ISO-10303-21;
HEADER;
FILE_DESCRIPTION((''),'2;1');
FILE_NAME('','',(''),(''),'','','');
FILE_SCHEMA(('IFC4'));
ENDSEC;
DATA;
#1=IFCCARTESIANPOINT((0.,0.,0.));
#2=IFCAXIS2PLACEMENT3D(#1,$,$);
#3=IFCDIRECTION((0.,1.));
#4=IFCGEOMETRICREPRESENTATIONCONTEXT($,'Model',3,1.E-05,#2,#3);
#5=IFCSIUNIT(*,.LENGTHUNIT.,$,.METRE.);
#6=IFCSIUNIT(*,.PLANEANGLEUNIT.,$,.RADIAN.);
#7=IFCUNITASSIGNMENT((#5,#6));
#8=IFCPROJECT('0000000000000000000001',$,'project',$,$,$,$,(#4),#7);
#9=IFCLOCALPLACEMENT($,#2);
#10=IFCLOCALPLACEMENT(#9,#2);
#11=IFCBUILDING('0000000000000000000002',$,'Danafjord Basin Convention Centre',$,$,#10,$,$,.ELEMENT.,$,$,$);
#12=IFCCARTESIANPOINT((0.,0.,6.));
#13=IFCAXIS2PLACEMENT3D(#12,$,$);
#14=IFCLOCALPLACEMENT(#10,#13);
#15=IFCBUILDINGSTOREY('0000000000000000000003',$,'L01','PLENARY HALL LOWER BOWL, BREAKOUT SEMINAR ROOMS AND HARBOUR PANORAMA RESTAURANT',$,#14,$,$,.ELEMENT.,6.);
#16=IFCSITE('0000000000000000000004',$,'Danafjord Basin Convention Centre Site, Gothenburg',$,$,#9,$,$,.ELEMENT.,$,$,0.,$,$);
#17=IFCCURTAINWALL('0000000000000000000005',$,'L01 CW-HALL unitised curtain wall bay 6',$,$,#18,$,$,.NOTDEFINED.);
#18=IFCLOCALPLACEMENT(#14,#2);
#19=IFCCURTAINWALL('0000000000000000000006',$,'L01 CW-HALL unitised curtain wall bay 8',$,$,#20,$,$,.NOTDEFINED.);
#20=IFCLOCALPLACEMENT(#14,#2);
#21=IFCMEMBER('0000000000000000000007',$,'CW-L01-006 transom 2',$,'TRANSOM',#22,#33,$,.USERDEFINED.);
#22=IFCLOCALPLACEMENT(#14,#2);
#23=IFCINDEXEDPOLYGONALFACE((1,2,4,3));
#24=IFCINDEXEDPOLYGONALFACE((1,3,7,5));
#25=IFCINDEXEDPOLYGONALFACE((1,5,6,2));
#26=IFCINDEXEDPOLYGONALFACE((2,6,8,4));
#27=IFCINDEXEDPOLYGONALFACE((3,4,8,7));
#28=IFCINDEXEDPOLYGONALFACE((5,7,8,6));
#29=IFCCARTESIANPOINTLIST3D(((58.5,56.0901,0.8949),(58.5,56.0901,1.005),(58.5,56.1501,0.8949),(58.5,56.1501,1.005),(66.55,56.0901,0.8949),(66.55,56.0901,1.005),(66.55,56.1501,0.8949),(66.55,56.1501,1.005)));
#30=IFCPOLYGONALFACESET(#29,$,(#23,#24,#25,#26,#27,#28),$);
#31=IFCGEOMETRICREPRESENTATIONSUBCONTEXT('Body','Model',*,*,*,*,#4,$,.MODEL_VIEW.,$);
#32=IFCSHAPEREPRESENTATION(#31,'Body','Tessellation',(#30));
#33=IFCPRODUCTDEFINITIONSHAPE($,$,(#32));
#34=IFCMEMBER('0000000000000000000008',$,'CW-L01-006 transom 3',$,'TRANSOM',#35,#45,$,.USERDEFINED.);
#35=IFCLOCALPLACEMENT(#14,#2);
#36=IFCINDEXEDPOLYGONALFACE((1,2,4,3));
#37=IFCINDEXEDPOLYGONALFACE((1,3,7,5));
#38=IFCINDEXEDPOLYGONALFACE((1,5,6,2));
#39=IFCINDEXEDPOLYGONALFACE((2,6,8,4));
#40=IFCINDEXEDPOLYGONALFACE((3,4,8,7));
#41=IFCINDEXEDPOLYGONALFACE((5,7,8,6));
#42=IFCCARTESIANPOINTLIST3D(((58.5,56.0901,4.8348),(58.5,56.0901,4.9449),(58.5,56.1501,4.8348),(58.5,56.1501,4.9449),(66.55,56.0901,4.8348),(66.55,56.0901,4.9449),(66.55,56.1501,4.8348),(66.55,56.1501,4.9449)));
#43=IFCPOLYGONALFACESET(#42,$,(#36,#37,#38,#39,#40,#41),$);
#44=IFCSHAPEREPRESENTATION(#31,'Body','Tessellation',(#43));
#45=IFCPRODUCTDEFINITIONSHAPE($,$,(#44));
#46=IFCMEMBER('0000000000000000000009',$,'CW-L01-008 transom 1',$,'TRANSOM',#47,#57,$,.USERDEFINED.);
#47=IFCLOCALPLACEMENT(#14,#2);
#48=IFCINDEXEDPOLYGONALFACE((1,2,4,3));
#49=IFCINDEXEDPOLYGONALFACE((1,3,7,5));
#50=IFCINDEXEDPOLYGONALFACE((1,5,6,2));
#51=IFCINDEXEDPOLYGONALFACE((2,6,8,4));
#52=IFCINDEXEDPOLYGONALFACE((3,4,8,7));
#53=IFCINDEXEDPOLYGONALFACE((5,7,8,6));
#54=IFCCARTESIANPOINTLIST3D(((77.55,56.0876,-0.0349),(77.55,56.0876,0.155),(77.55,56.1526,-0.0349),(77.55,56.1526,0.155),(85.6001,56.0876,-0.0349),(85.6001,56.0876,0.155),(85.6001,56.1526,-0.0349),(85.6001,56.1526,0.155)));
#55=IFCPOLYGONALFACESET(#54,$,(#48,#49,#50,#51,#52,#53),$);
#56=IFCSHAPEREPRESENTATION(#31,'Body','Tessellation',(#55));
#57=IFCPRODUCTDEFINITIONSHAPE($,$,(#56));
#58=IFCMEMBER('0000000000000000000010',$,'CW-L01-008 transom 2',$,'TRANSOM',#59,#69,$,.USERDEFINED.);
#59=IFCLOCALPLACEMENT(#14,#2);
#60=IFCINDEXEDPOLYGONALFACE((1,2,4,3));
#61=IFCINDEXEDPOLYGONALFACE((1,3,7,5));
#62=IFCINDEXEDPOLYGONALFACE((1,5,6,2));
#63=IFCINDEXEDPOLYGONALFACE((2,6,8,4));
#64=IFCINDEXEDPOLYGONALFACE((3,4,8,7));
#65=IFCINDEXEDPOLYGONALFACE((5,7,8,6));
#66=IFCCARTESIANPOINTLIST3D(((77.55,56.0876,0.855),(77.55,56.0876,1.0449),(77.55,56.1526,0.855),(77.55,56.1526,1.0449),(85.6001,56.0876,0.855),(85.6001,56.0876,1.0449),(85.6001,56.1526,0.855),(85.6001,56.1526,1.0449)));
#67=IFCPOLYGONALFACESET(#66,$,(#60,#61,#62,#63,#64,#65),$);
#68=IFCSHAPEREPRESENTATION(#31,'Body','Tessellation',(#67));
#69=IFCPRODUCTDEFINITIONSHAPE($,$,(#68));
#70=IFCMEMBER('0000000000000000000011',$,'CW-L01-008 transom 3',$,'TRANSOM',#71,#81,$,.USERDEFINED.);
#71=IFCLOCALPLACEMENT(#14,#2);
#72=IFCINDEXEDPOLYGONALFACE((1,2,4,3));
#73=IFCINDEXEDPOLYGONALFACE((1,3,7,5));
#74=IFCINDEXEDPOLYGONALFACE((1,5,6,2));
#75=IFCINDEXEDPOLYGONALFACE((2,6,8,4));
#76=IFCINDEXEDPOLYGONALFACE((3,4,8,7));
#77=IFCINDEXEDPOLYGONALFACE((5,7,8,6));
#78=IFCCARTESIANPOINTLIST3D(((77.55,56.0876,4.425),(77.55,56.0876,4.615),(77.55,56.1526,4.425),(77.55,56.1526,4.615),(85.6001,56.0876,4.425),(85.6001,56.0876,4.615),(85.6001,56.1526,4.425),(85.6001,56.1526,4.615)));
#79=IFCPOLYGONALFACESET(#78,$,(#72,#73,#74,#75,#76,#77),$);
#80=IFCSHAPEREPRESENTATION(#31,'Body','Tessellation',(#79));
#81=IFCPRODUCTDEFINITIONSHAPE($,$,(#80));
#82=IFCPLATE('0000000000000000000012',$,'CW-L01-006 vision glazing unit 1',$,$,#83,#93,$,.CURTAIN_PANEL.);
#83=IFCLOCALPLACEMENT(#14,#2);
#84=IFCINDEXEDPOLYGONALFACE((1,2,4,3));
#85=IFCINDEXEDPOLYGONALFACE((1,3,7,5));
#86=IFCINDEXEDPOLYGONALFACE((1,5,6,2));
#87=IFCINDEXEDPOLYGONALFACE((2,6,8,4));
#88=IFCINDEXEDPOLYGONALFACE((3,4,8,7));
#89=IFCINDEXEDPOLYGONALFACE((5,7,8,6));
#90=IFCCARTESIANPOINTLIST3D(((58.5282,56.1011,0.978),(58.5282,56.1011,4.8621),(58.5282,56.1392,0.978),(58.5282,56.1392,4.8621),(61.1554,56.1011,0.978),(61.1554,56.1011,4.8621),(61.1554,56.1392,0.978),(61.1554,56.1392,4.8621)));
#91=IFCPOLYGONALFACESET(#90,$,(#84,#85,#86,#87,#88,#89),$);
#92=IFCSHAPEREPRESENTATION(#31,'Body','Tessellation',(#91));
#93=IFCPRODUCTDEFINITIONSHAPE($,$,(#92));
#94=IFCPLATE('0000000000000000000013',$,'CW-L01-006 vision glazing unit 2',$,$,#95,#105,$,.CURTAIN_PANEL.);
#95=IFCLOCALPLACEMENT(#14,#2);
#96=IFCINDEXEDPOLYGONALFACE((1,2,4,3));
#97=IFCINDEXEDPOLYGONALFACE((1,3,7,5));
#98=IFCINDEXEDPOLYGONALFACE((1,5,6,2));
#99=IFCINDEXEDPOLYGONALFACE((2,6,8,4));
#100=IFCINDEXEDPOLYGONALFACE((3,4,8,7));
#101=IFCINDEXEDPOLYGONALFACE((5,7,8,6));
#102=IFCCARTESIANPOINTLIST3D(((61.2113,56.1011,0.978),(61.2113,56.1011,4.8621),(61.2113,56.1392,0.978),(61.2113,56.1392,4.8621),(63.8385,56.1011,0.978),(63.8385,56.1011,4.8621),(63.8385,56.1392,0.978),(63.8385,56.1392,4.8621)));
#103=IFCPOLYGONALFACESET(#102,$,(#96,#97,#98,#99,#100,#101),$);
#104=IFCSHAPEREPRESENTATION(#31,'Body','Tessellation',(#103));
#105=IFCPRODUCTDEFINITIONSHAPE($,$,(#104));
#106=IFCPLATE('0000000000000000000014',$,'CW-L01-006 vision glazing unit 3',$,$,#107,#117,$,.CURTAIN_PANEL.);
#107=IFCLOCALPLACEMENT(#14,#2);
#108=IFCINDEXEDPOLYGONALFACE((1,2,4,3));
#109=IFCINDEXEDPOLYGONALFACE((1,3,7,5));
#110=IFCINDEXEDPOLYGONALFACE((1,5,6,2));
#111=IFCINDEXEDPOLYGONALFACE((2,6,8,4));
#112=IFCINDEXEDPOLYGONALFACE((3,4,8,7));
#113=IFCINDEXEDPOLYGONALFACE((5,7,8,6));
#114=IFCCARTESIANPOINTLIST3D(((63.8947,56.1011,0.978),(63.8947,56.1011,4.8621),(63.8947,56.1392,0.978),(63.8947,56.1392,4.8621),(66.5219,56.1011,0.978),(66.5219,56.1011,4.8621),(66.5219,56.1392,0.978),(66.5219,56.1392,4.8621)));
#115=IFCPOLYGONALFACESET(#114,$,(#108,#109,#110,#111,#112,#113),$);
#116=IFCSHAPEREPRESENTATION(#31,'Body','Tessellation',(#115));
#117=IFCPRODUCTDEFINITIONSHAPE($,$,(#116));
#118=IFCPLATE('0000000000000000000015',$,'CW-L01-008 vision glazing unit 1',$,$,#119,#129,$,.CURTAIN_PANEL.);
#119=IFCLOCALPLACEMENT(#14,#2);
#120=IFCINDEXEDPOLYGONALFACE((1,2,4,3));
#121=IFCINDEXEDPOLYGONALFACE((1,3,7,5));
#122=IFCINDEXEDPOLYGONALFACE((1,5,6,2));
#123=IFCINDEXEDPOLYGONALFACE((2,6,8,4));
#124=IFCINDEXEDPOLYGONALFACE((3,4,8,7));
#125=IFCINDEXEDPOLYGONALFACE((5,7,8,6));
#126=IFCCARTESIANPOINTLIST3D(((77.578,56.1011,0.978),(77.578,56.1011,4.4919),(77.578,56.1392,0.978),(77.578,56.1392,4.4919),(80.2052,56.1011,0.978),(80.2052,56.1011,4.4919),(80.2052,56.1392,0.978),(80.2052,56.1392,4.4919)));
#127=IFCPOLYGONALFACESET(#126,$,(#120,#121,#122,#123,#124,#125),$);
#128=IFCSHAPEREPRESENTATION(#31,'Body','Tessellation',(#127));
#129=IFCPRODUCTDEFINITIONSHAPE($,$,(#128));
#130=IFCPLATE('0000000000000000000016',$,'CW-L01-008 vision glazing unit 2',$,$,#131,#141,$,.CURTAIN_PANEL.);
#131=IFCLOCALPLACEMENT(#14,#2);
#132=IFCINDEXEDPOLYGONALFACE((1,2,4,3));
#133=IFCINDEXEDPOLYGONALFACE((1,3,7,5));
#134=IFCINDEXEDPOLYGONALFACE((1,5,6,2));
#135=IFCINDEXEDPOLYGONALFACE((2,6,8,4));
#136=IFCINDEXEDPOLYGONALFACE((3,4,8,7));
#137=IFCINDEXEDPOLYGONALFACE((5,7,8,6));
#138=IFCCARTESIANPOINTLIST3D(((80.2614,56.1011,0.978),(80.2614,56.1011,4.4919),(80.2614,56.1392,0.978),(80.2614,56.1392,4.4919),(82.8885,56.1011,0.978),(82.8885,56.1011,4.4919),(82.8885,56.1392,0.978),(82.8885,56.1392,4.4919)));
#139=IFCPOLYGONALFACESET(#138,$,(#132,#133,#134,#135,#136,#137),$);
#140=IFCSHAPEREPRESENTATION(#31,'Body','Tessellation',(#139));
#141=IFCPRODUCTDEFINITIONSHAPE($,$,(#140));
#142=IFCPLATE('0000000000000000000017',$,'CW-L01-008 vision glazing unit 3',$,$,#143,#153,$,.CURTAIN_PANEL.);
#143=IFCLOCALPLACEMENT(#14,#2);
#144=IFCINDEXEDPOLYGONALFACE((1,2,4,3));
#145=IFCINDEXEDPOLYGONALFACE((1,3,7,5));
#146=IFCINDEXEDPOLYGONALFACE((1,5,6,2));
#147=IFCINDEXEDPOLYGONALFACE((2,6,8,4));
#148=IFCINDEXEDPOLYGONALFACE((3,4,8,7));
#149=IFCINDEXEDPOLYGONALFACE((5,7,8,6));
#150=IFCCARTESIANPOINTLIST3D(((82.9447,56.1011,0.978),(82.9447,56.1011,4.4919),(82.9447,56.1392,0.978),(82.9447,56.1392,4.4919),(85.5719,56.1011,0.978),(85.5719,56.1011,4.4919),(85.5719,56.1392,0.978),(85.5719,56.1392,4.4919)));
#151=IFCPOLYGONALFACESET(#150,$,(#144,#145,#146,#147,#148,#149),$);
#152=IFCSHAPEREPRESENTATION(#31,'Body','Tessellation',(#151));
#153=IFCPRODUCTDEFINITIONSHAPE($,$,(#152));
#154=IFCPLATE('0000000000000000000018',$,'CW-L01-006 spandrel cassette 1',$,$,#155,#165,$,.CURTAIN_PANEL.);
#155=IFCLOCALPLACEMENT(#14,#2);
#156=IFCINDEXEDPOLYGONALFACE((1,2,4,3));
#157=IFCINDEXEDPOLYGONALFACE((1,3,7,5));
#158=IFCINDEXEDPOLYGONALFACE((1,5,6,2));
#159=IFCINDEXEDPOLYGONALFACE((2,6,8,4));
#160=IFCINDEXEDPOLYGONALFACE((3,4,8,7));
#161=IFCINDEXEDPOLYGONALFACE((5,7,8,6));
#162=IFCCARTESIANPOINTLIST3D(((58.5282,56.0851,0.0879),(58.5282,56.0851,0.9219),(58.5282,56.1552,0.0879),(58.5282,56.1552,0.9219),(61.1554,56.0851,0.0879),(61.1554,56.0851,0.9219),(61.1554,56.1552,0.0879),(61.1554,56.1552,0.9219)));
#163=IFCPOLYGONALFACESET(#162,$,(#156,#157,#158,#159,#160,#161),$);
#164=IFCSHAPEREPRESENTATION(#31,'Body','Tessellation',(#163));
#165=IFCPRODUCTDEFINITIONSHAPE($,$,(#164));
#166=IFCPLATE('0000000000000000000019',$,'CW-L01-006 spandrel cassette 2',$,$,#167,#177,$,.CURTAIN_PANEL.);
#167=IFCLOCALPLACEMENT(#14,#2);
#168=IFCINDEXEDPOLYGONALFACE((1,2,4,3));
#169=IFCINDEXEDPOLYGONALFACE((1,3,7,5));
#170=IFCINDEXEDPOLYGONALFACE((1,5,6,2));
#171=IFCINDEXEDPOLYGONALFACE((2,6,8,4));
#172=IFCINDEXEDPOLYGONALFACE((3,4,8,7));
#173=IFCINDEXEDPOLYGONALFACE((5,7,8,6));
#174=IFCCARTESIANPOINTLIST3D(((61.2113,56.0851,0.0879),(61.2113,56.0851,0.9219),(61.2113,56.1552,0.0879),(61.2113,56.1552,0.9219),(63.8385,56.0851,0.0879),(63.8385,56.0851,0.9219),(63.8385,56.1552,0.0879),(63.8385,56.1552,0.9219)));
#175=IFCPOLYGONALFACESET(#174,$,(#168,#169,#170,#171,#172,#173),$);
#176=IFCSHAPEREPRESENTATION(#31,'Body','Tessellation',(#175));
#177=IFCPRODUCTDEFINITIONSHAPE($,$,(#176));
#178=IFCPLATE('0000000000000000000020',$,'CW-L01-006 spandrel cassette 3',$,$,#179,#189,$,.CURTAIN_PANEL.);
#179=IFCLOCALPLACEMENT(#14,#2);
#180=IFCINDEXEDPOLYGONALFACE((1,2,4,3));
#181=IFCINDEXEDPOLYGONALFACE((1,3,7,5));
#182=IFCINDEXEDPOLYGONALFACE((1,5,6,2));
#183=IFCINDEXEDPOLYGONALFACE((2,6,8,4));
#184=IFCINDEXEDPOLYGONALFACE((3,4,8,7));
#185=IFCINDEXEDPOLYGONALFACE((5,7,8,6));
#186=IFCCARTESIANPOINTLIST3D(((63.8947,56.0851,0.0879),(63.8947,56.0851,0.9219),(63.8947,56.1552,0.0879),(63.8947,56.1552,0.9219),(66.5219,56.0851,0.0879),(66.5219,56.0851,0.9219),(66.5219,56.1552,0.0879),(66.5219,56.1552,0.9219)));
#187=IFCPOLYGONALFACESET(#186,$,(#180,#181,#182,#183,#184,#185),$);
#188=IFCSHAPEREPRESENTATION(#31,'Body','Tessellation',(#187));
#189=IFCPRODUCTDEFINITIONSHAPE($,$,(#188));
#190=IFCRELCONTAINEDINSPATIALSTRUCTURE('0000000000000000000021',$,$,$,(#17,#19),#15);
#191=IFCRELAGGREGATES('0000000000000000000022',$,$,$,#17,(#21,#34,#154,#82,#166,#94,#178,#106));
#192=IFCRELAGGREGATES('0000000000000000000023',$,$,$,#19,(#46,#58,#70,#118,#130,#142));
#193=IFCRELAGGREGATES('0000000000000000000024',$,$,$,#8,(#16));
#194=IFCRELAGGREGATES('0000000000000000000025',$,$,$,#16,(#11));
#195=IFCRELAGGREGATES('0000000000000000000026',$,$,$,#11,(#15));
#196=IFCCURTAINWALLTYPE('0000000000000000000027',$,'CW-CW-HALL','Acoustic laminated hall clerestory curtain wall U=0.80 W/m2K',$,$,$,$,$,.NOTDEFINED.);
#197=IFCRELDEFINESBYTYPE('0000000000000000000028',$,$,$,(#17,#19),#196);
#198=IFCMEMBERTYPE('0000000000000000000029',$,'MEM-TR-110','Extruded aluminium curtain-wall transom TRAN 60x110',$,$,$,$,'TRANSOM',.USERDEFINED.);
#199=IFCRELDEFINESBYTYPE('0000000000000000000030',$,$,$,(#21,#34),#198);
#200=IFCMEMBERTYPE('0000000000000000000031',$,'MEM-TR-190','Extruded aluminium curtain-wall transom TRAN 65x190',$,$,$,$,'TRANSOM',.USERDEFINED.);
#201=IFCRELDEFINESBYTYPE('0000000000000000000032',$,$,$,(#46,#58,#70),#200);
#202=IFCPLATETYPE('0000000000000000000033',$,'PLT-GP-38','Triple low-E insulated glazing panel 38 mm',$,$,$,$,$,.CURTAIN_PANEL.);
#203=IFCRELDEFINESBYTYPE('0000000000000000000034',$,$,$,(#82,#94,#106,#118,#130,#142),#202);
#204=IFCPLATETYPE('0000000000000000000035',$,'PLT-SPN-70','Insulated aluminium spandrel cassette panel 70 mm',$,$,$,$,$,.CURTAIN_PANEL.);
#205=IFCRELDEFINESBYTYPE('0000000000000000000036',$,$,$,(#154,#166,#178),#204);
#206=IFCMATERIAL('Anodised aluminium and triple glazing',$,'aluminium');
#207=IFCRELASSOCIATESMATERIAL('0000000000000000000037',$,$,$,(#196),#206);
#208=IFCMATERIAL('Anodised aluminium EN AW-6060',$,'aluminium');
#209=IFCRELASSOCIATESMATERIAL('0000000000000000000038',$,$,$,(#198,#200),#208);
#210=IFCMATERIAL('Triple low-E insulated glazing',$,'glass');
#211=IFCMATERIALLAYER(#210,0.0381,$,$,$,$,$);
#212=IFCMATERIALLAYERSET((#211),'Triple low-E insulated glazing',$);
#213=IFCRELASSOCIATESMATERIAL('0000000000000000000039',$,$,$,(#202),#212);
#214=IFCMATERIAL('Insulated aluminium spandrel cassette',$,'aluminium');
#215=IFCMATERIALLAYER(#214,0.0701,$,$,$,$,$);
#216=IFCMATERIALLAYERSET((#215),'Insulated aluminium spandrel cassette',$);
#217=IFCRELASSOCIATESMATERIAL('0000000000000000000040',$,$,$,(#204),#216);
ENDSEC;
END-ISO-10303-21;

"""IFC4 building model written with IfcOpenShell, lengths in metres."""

from ifc_helpers import new_model, si_unit, direction, frame, origin, origin_2d, place, context, subcontext, project, spatial, rectangle, extrude, material, layer, layer_set, material_profile, profile_set, type_object, element, aggregate, save


model = new_model("IFC4")

# Units and contexts
model_context = context("Model", 3, precision=1e-05, world=origin(), true_north=direction((0.0, 1.0)))
body_context = subcontext(model_context, "Body", "Model", "MODEL_VIEW")
ifc_project = project(units=[si_unit("LENGTHUNIT", "METRE"), si_unit("PLANEANGLEUNIT", "RADIAN")], contexts=[model_context])

# Site, building, storey
site_placement = place(None, origin())
site = spatial("IfcSite", under=ifc_project, at=site_placement, Name="Danafjord Basin Convention Centre Site, Gothenburg", CompositionType="ELEMENT", RefElevation=0.0)
building_placement = place(site_placement, origin())
building = spatial("IfcBuilding", under=site, at=building_placement, Name="Danafjord Basin Convention Centre", CompositionType="ELEMENT")
storey_placement = place(building_placement, frame((0.0, 0.0, 6.0)))
storey = spatial("IfcBuildingStorey", under=building, at=storey_placement, Name="L01", Description="PLENARY HALL LOWER BOWL, BREAKOUT SEMINAR ROOMS AND HARBOUR PANORAMA RESTAURANT", CompositionType="ELEMENT", Elevation=6.0)

# Curtain walls
ifc_material_1 = material(Name="Anodised aluminium and triple glazing", Category="aluminium")
curtain_wall_type = type_object("IfcCurtainWallType", Name="CW-CW-HALL", Description="Acoustic laminated hall clerestory curtain wall U=0.80 W/m2K", PredefinedType="NOTDEFINED", material=ifc_material_1)
curtain_wall_1_placement = place(storey_placement, origin())
curtain_wall_1 = element("IfcCurtainWall", 1, at=curtain_wall_1_placement, inside=storey, type_object=curtain_wall_type, Name="L01 CW-HALL unitised curtain wall bay 6", PredefinedType="NOTDEFINED")
ifc_material_2 = material(Name="Anodised aluminium EN AW-6060", Category="aluminium")
curtain_wall_2_placement = place(storey_placement, origin())
curtain_wall_2 = element("IfcCurtainWall", 2, at=curtain_wall_2_placement, inside=storey, type_object=curtain_wall_type, Name="L01 CW-HALL unitised curtain wall bay 8", PredefinedType="NOTDEFINED")

# Members
ifc_material_profile_1 = material_profile(ifc_material_2, rectangle(XDim=0.0601, YDim=0.1101, at=origin_2d()), Name="TRAN 60x110")
ifc_profile_set_1 = profile_set([ifc_material_profile_1], Name="Anodised aluminium EN AW-6060")
member_type_1 = type_object("IfcMemberType", Name="MEM-TR-110", Description="Extruded aluminium curtain-wall transom TRAN 60x110", ElementType="TRANSOM", PredefinedType="USERDEFINED", material=ifc_profile_set_1)
member_1_placement = place(storey_placement, frame((58.5, 56.1201, 0.95), z_axis=(1.0, 0.0, 0.0), x_axis=(0.0, 1.0, 0.0)))
member_1 = element("IfcMember", 3, at=member_1_placement, type_object=member_type_1, Name="CW-L01-006 transom 2", ObjectType="TRANSOM", PredefinedType="USERDEFINED", context=body_context, shape_type="SweptSolid", body=[
    extrude(rectangle(XDim=0.0601, YDim=0.1101, at=origin_2d()), origin(), (0.0, 0.0, 1.0), 8.05),
])
member_2_placement = place(storey_placement, frame((58.5, 56.1201, 4.8899), z_axis=(1.0, 0.0, 0.0), x_axis=(0.0, 1.0, 0.0)))
member_2 = element("IfcMember", 4, at=member_2_placement, type_object=member_type_1, Name="CW-L01-006 transom 3", ObjectType="TRANSOM", PredefinedType="USERDEFINED", context=body_context, shape_type="SweptSolid", body=[
    extrude(rectangle(XDim=0.0601, YDim=0.1101, at=origin_2d()), origin(), (0.0, 0.0, 1.0), 8.05),
])
ifc_material_profile_2 = material_profile(ifc_material_2, rectangle(XDim=0.0649, YDim=0.1899, at=origin_2d()), Name="TRAN 65x190")
ifc_profile_set_2 = profile_set([ifc_material_profile_2], Name="Anodised aluminium EN AW-6060")
member_type_2 = type_object("IfcMemberType", Name="MEM-TR-190", Description="Extruded aluminium curtain-wall transom TRAN 65x190", ElementType="TRANSOM", PredefinedType="USERDEFINED", material=ifc_profile_set_2)
member_3_placement = place(storey_placement, frame((77.55, 56.1201, 0.0601), z_axis=(1.0, 0.0, 0.0), x_axis=(0.0, 1.0, 0.0)))
member_3 = element("IfcMember", 5, at=member_3_placement, type_object=member_type_2, Name="CW-L01-008 transom 1", ObjectType="TRANSOM", PredefinedType="USERDEFINED", context=body_context, shape_type="SweptSolid", body=[
    extrude(rectangle(XDim=0.0649, YDim=0.1899, at=origin_2d()), origin(), (0.0, 0.0, 1.0), 8.05),
])
member_4_placement = place(storey_placement, frame((77.55, 56.1201, 0.95), z_axis=(1.0, 0.0, 0.0), x_axis=(0.0, 1.0, 0.0)))
member_4 = element("IfcMember", 6, at=member_4_placement, type_object=member_type_2, Name="CW-L01-008 transom 2", ObjectType="TRANSOM", PredefinedType="USERDEFINED", context=body_context, shape_type="SweptSolid", body=[
    extrude(rectangle(XDim=0.0649, YDim=0.1899, at=origin_2d()), origin(), (0.0, 0.0, 1.0), 8.05),
])
member_5_placement = place(storey_placement, frame((77.55, 56.1201, 4.52), z_axis=(1.0, 0.0, 0.0), x_axis=(0.0, 1.0, 0.0)))
member_5 = element("IfcMember", 7, at=member_5_placement, type_object=member_type_2, Name="CW-L01-008 transom 3", ObjectType="TRANSOM", PredefinedType="USERDEFINED", context=body_context, shape_type="SweptSolid", body=[
    extrude(rectangle(XDim=0.0649, YDim=0.1899, at=origin_2d()), origin(), (0.0, 0.0, 1.0), 8.05),
])

# Plates
ifc_material_3 = material(Name="Triple low-E insulated glazing", Category="glass")
ifc_layer_1 = layer(ifc_material_3, 0.0381)
ifc_layer_set_1 = layer_set([ifc_layer_1], Name="Triple low-E insulated glazing")
plate_type_1 = type_object("IfcPlateType", Name="PLT-GP-38", Description="Triple low-E insulated glazing panel 38 mm", PredefinedType="CURTAIN_PANEL", material=ifc_layer_set_1)
plate_1_placement = place(storey_placement, frame((59.8418, 56.1201, 0.978), z_axis=(0.0, 0.0, 1.0), x_axis=(1.0, 0.0, 0.0)))
plate_1 = element("IfcPlate", 8, at=plate_1_placement, type_object=plate_type_1, Name="CW-L01-006 vision glazing unit 1", PredefinedType="CURTAIN_PANEL", context=body_context, shape_type="SweptSolid", body=[
    extrude(rectangle(XDim=2.6272, YDim=0.0381, at=origin_2d()), origin(), (0.0, 0.0, 1.0), 3.884),
])
plate_2_placement = place(storey_placement, frame((62.5249, 56.1201, 0.978), z_axis=(0.0, 0.0, 1.0), x_axis=(1.0, 0.0, 0.0)))
plate_2 = element("IfcPlate", 9, at=plate_2_placement, type_object=plate_type_1, Name="CW-L01-006 vision glazing unit 2", PredefinedType="CURTAIN_PANEL", context=body_context, shape_type="SweptSolid", body=[
    extrude(rectangle(XDim=2.6272, YDim=0.0381, at=origin_2d()), origin(), (0.0, 0.0, 1.0), 3.884),
])
plate_3_placement = place(storey_placement, frame((65.2083, 56.1201, 0.978), z_axis=(0.0, 0.0, 1.0), x_axis=(1.0, 0.0, 0.0)))
plate_3 = element("IfcPlate", 10, at=plate_3_placement, type_object=plate_type_1, Name="CW-L01-006 vision glazing unit 3", PredefinedType="CURTAIN_PANEL", context=body_context, shape_type="SweptSolid", body=[
    extrude(rectangle(XDim=2.6272, YDim=0.0381, at=origin_2d()), origin(), (0.0, 0.0, 1.0), 3.884),
])
plate_4_placement = place(storey_placement, frame((78.8916, 56.1201, 0.978), z_axis=(0.0, 0.0, 1.0), x_axis=(1.0, 0.0, 0.0)))
plate_4 = element("IfcPlate", 11, at=plate_4_placement, type_object=plate_type_1, Name="CW-L01-008 vision glazing unit 1", PredefinedType="CURTAIN_PANEL", context=body_context, shape_type="SweptSolid", body=[
    extrude(rectangle(XDim=2.6272, YDim=0.0381, at=origin_2d()), origin(), (0.0, 0.0, 1.0), 3.5139),
])
plate_5_placement = place(storey_placement, frame((81.575, 56.1201, 0.978), z_axis=(0.0, 0.0, 1.0), x_axis=(1.0, 0.0, 0.0)))
plate_5 = element("IfcPlate", 12, at=plate_5_placement, type_object=plate_type_1, Name="CW-L01-008 vision glazing unit 2", PredefinedType="CURTAIN_PANEL", context=body_context, shape_type="SweptSolid", body=[
    extrude(rectangle(XDim=2.6272, YDim=0.0381, at=origin_2d()), origin(), (0.0, 0.0, 1.0), 3.5139),
])
plate_6_placement = place(storey_placement, frame((84.2583, 56.1201, 0.978), z_axis=(0.0, 0.0, 1.0), x_axis=(1.0, 0.0, 0.0)))
plate_6 = element("IfcPlate", 13, at=plate_6_placement, type_object=plate_type_1, Name="CW-L01-008 vision glazing unit 3", PredefinedType="CURTAIN_PANEL", context=body_context, shape_type="SweptSolid", body=[
    extrude(rectangle(XDim=2.6272, YDim=0.0381, at=origin_2d()), origin(), (0.0, 0.0, 1.0), 3.5139),
])
ifc_material_4 = material(Name="Insulated aluminium spandrel cassette", Category="aluminium")
ifc_layer_2 = layer(ifc_material_4, 0.0701)
ifc_layer_set_2 = layer_set([ifc_layer_2], Name="Insulated aluminium spandrel cassette")
plate_type_2 = type_object("IfcPlateType", Name="PLT-SPN-70", Description="Insulated aluminium spandrel cassette panel 70 mm", PredefinedType="CURTAIN_PANEL", material=ifc_layer_set_2)
plate_7_placement = place(storey_placement, frame((59.8418, 56.1201, 0.0879), z_axis=(0.0, 0.0, 1.0), x_axis=(1.0, 0.0, 0.0)))
plate_7 = element("IfcPlate", 14, at=plate_7_placement, type_object=plate_type_2, Name="CW-L01-006 spandrel cassette 1", PredefinedType="CURTAIN_PANEL", context=body_context, shape_type="SweptSolid", body=[
    extrude(rectangle(XDim=2.6272, YDim=0.0701, at=origin_2d()), origin(), (0.0, 0.0, 1.0), 0.834),
])
plate_8_placement = place(storey_placement, frame((62.5249, 56.1201, 0.0879), z_axis=(0.0, 0.0, 1.0), x_axis=(1.0, 0.0, 0.0)))
plate_8 = element("IfcPlate", 15, at=plate_8_placement, type_object=plate_type_2, Name="CW-L01-006 spandrel cassette 2", PredefinedType="CURTAIN_PANEL", context=body_context, shape_type="SweptSolid", body=[
    extrude(rectangle(XDim=2.6272, YDim=0.0701, at=origin_2d()), origin(), (0.0, 0.0, 1.0), 0.834),
])
plate_9_placement = place(storey_placement, frame((65.2083, 56.1201, 0.0879), z_axis=(0.0, 0.0, 1.0), x_axis=(1.0, 0.0, 0.0)))
plate_9 = element("IfcPlate", 16, at=plate_9_placement, type_object=plate_type_2, Name="CW-L01-006 spandrel cassette 3", PredefinedType="CURTAIN_PANEL", context=body_context, shape_type="SweptSolid", body=[
    extrude(rectangle(XDim=2.6272, YDim=0.0701, at=origin_2d()), origin(), (0.0, 0.0, 1.0), 0.834),
])
aggregate(curtain_wall_1, [member_1, member_2, plate_7, plate_1, plate_8, plate_2, plate_9, plate_3])
aggregate(curtain_wall_2, [member_3, member_4, member_5, plate_4, plate_5, plate_6])

save(model, "model.ifc")
